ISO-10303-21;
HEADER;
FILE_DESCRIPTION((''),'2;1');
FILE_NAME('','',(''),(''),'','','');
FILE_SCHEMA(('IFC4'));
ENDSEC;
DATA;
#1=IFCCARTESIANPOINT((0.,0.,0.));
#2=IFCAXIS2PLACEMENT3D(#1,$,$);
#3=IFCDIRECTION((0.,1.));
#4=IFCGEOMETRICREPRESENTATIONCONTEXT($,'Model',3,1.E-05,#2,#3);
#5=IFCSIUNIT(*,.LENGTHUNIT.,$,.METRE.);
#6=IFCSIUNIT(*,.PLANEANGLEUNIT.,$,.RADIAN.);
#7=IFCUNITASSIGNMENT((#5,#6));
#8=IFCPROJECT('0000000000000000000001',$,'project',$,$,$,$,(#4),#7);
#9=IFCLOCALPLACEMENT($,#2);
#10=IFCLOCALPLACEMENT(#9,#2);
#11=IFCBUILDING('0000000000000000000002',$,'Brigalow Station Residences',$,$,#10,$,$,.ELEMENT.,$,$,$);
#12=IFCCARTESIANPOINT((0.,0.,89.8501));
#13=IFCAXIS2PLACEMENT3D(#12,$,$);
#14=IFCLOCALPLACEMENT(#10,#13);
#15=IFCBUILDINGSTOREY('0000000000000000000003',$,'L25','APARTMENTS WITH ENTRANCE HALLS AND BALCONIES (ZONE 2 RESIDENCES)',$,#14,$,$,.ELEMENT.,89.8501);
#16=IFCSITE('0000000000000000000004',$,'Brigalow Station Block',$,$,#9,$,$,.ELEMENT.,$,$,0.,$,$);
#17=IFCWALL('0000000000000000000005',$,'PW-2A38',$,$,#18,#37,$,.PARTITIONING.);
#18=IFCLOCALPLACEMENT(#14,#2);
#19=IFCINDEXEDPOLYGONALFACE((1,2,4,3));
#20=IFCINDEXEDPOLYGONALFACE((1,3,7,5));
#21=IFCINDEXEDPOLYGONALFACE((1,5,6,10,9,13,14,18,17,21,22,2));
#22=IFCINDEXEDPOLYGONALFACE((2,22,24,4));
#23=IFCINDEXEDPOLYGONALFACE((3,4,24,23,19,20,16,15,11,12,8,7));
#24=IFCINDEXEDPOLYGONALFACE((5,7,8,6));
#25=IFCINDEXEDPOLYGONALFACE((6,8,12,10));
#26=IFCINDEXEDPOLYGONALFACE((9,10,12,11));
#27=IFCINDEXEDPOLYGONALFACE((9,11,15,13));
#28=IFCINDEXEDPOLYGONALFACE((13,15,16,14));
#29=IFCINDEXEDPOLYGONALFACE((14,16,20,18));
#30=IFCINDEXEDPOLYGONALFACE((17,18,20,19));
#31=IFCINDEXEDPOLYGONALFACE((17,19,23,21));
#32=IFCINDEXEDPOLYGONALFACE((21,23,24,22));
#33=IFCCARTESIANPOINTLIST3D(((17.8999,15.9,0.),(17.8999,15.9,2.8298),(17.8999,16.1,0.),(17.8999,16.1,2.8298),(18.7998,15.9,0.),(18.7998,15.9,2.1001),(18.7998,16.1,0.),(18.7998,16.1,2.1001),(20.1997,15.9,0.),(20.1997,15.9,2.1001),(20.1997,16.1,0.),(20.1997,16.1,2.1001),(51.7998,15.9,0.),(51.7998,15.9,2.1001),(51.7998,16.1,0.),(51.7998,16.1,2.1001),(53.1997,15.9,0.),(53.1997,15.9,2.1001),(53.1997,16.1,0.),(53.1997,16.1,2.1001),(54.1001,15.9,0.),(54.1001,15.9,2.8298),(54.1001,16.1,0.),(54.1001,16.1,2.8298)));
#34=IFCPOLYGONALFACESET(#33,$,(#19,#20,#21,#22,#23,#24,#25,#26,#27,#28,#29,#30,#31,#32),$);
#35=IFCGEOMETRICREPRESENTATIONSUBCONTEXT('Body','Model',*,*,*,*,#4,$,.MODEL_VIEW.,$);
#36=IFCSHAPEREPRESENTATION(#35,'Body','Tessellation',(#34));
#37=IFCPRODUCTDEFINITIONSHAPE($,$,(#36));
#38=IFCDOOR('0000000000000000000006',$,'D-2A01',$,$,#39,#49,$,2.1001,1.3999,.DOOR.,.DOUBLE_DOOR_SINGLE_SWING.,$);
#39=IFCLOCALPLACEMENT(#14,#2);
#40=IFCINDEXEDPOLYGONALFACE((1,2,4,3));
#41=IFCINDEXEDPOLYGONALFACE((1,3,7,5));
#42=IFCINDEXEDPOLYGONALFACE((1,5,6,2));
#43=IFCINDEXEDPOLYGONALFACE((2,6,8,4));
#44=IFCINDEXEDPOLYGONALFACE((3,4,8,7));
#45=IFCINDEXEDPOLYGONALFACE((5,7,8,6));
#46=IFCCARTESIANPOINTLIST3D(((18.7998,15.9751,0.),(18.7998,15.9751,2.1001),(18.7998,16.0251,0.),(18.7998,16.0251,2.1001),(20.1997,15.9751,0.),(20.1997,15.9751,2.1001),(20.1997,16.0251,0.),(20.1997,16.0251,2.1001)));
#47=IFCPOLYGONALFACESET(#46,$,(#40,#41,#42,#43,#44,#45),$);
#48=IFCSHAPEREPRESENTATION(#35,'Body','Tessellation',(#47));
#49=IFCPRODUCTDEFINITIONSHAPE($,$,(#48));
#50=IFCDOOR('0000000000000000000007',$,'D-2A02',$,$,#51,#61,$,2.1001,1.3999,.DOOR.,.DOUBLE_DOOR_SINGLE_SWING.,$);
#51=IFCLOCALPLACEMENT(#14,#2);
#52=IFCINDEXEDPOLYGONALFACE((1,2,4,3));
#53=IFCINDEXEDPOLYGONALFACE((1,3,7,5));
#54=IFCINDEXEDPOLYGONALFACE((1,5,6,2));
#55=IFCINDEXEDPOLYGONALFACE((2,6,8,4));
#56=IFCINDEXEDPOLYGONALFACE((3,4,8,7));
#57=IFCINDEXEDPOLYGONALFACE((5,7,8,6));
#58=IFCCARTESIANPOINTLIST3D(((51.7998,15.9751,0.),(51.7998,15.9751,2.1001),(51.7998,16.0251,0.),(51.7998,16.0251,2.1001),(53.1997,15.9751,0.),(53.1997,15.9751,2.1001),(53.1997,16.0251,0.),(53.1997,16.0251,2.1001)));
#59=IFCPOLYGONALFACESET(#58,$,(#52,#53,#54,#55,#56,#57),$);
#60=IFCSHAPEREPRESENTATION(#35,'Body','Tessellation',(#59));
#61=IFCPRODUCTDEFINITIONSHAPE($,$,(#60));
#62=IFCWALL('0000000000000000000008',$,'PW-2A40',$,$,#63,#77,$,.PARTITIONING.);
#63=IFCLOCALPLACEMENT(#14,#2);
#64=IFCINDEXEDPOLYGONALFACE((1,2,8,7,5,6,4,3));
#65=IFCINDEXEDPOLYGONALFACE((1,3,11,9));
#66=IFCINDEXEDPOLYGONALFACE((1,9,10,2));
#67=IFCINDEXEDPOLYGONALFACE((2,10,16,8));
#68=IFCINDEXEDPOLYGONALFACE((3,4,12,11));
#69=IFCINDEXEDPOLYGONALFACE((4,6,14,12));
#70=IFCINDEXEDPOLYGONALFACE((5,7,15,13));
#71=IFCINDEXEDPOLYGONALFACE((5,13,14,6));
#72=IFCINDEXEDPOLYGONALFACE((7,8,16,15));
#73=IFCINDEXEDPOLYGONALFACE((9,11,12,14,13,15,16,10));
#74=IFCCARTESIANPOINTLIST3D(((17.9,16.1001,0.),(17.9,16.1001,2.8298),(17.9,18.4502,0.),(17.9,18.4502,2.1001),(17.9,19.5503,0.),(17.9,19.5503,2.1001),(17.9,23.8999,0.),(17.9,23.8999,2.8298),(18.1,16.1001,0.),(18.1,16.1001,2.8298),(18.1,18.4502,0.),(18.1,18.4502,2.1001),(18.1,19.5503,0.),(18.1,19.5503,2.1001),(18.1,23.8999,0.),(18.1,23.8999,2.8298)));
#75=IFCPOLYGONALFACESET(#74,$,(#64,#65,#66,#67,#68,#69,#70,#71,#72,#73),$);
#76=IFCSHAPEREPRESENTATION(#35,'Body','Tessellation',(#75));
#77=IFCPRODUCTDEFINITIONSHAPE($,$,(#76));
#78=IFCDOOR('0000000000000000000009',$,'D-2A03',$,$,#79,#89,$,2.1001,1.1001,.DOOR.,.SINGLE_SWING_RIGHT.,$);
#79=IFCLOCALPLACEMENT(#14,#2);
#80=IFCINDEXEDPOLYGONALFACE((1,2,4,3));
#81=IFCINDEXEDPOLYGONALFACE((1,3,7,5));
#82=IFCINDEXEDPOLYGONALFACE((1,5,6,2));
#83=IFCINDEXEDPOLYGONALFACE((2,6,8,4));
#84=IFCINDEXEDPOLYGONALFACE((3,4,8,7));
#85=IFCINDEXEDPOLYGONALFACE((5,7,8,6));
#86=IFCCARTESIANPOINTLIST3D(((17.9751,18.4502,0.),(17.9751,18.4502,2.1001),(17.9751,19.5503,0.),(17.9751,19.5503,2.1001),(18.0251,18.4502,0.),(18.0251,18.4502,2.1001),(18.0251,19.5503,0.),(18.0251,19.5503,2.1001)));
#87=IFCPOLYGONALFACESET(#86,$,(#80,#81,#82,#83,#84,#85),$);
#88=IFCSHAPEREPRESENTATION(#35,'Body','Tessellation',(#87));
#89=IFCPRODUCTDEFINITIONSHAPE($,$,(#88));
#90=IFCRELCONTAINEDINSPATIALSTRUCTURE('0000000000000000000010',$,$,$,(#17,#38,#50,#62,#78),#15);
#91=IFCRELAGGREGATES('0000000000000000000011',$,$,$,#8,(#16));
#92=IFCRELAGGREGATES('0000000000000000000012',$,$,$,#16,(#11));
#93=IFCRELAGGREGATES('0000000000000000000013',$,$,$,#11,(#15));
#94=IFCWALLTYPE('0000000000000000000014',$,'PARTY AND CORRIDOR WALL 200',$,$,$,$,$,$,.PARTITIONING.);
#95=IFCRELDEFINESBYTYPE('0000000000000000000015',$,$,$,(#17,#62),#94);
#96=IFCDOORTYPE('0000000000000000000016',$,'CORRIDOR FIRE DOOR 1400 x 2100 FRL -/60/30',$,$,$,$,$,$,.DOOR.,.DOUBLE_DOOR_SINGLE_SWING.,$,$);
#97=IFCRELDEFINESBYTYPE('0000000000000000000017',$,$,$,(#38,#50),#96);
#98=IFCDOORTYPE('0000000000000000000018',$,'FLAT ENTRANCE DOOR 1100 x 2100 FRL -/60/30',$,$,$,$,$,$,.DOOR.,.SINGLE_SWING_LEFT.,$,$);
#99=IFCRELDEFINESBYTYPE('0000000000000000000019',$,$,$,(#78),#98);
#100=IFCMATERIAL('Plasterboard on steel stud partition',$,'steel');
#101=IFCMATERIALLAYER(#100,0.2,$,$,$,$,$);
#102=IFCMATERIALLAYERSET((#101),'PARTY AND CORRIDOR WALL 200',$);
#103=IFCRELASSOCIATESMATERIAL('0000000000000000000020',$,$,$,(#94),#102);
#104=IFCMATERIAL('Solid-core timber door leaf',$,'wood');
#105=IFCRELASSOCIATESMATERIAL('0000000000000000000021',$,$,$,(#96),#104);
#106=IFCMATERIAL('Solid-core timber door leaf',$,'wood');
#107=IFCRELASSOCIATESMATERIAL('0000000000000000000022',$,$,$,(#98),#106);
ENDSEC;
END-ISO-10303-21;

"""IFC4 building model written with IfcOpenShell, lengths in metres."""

from ifc_helpers import new_model, si_unit, direction, frame, frame_2d, origin, place, context, subcontext, project, spatial, rectangle, extrude, material, layer, layer_set, type_object, element, fill, save


model = new_model("IFC4")

# Units and contexts
model_context = context("Model", 3, precision=1e-05, world=origin(), true_north=direction((0.0, 1.0)))
body_context = subcontext(model_context, "Body", "Model", "MODEL_VIEW")
ifc_project = project(units=[si_unit("LENGTHUNIT", "METRE"), si_unit("PLANEANGLEUNIT", "RADIAN")], contexts=[model_context])

# Site, building, storey
site_placement = place(None, origin())
site = spatial("IfcSite", under=ifc_project, at=site_placement, Name="Brigalow Station Block", CompositionType="ELEMENT", RefElevation=0.0)
building_placement = place(site_placement, origin())
building = spatial("IfcBuilding", under=site, at=building_placement, Name="Brigalow Station Residences", CompositionType="ELEMENT")
storey_placement = place(building_placement, frame((0.0, 0.0, 89.8501)))
storey = spatial("IfcBuildingStorey", under=building, at=storey_placement, Name="L25", Description="APARTMENTS WITH ENTRANCE HALLS AND BALCONIES (ZONE 2 RESIDENCES)", CompositionType="ELEMENT", Elevation=89.8501)

# Wall, openings, doors
ifc_material_1 = material(Name="Plasterboard on steel stud partition", Category="steel")
ifc_layer_1 = layer(ifc_material_1, 0.2)
ifc_layer_set_1 = layer_set([ifc_layer_1], Name="PARTY AND CORRIDOR WALL 200")
wall_type_1 = type_object("IfcWallType", Name="PARTY AND CORRIDOR WALL 200", PredefinedType="PARTITIONING", material=ifc_layer_set_1)
wall_1_placement = place(storey_placement, frame((17.8999, 16.0, 0.0), z_axis=(0.0, 0.0, 1.0), x_axis=(1.0, 0.0, 0.0)))
wall_1 = element("IfcWall", 1, at=wall_1_placement, inside=storey, type_object=wall_type_1, Name="PW-2A38", PredefinedType="PARTITIONING", context=body_context, shape_type="SweptSolid", body=[
    extrude(rectangle(XDim=36.2002, YDim=0.2, at=frame_2d((18.1001, 0.0))), origin(), (0.0, 0.0, 1.0), 2.8298),
])
opening_1_placement = place(wall_1_placement, frame((0.8999, 0.0, 0.0)))
opening_1 = element("IfcOpeningElement", 2, at=opening_1_placement, cuts=wall_1, PredefinedType="OPENING", context=body_context, shape_type="SweptSolid", body=[
    extrude(rectangle(XDim=1.3999, YDim=2.1001, at=frame_2d((0.7, 1.05))), frame((0.0, 0.1099, 0.0), z_axis=(0.0, -1.0, 0.0), x_axis=(1.0, 0.0, 0.0)), (0.0, 0.0, 1.0), 0.22),
])
opening_2_placement = place(wall_1_placement, frame((33.8999, 0.0, 0.0)))
opening_2 = element("IfcOpeningElement", 3, at=opening_2_placement, cuts=wall_1, PredefinedType="OPENING", context=body_context, shape_type="SweptSolid", body=[
    extrude(rectangle(XDim=1.3999, YDim=2.1001, at=frame_2d((0.7, 1.05))), frame((0.0, 0.1099, 0.0), z_axis=(0.0, -1.0, 0.0), x_axis=(1.0, 0.0, 0.0)), (0.0, 0.0, 1.0), 0.22),
])
ifc_material_2 = material(Name="Solid-core timber door leaf", Category="wood")
door_type_1 = type_object("IfcDoorType", Name="CORRIDOR FIRE DOOR 1400 x 2100 FRL -/60/30", OperationType="DOUBLE_DOOR_SINGLE_SWING", PredefinedType="DOOR", material=ifc_material_2)
door_1_placement = place(opening_1_placement, frame((1.3999, 0.0, 0.0), z_axis=(0.0, 0.0, 1.0), x_axis=(-1.0, 0.0, 0.0)))
door_1 = element("IfcDoor", 4, at=door_1_placement, inside=storey, type_object=door_type_1, Name="D-2A01", OperationType="DOUBLE_DOOR_SINGLE_SWING", OverallHeight=2.1001, OverallWidth=1.3999, PredefinedType="DOOR", context=body_context, shape_type="SweptSolid", body=[
    extrude(rectangle(XDim=1.3999, YDim=2.1001, at=frame_2d((0.7, 1.05))), frame((0.0, 0.0249, 0.0), z_axis=(0.0, -1.0, 0.0), x_axis=(1.0, 0.0, 0.0)), (0.0, 0.0, 1.0), 0.05),
])
fill(opening_1, door_1)
door_2_placement = place(opening_2_placement, frame((1.3999, 0.0, 0.0), z_axis=(0.0, 0.0, 1.0), x_axis=(-1.0, 0.0, 0.0)))
door_2 = element("IfcDoor", 5, at=door_2_placement, inside=storey, type_object=door_type_1, Name="D-2A02", OperationType="DOUBLE_DOOR_SINGLE_SWING", OverallHeight=2.1001, OverallWidth=1.3999, PredefinedType="DOOR", context=body_context, shape_type="SweptSolid", body=[
    extrude(rectangle(XDim=1.3999, YDim=2.1001, at=frame_2d((0.7, 1.05))), frame((0.0, 0.0249, 0.0), z_axis=(0.0, -1.0, 0.0), x_axis=(1.0, 0.0, 0.0)), (0.0, 0.0, 1.0), 0.05),
])
fill(opening_2, door_2)

# Wall, opening, door
wall_2_placement = place(storey_placement, frame((18.0, 16.1001, 0.0), z_axis=(0.0, 0.0, 1.0), x_axis=(0.0, 1.0, 0.0)))
wall_2 = element("IfcWall", 6, at=wall_2_placement, inside=storey, type_object=wall_type_1, Name="PW-2A40", PredefinedType="PARTITIONING", context=body_context, shape_type="SweptSolid", body=[
    extrude(rectangle(XDim=7.7998, YDim=0.2, at=frame_2d((3.8999, 0.0))), origin(), (0.0, 0.0, 1.0), 2.8298),
])
opening_3_placement = place(wall_2_placement, frame((2.3501, 0.0, 0.0)))
opening_3 = element("IfcOpeningElement", 7, at=opening_3_placement, cuts=wall_2, PredefinedType="OPENING", context=body_context, shape_type="SweptSolid", body=[
    extrude(rectangle(XDim=1.1001, YDim=2.1001, at=frame_2d((0.55, 1.05))), frame((0.0, 0.1099, 0.0), z_axis=(0.0, -1.0, 0.0), x_axis=(1.0, 0.0, 0.0)), (0.0, 0.0, 1.0), 0.22),
])
ifc_material_3 = material(Name="Solid-core timber door leaf", Category="wood")
door_type_2 = type_object("IfcDoorType", Name="FLAT ENTRANCE DOOR 1100 x 2100 FRL -/60/30", OperationType="SINGLE_SWING_LEFT", PredefinedType="DOOR", material=ifc_material_3)
door_3_placement = place(opening_3_placement, origin())
door_3 = element("IfcDoor", 8, at=door_3_placement, inside=storey, type_object=door_type_2, Name="D-2A03", OperationType="SINGLE_SWING_RIGHT", OverallHeight=2.1001, OverallWidth=1.1001, PredefinedType="DOOR", context=body_context, shape_type="SweptSolid", body=[
    extrude(rectangle(XDim=1.1001, YDim=2.1001, at=frame_2d((0.55, 1.05))), frame((0.0, 0.0249, 0.0), z_axis=(0.0, -1.0, 0.0), x_axis=(1.0, 0.0, 0.0)), (0.0, 0.0, 1.0), 0.05),
])
fill(opening_3, door_3)

save(model, "model.ifc")
